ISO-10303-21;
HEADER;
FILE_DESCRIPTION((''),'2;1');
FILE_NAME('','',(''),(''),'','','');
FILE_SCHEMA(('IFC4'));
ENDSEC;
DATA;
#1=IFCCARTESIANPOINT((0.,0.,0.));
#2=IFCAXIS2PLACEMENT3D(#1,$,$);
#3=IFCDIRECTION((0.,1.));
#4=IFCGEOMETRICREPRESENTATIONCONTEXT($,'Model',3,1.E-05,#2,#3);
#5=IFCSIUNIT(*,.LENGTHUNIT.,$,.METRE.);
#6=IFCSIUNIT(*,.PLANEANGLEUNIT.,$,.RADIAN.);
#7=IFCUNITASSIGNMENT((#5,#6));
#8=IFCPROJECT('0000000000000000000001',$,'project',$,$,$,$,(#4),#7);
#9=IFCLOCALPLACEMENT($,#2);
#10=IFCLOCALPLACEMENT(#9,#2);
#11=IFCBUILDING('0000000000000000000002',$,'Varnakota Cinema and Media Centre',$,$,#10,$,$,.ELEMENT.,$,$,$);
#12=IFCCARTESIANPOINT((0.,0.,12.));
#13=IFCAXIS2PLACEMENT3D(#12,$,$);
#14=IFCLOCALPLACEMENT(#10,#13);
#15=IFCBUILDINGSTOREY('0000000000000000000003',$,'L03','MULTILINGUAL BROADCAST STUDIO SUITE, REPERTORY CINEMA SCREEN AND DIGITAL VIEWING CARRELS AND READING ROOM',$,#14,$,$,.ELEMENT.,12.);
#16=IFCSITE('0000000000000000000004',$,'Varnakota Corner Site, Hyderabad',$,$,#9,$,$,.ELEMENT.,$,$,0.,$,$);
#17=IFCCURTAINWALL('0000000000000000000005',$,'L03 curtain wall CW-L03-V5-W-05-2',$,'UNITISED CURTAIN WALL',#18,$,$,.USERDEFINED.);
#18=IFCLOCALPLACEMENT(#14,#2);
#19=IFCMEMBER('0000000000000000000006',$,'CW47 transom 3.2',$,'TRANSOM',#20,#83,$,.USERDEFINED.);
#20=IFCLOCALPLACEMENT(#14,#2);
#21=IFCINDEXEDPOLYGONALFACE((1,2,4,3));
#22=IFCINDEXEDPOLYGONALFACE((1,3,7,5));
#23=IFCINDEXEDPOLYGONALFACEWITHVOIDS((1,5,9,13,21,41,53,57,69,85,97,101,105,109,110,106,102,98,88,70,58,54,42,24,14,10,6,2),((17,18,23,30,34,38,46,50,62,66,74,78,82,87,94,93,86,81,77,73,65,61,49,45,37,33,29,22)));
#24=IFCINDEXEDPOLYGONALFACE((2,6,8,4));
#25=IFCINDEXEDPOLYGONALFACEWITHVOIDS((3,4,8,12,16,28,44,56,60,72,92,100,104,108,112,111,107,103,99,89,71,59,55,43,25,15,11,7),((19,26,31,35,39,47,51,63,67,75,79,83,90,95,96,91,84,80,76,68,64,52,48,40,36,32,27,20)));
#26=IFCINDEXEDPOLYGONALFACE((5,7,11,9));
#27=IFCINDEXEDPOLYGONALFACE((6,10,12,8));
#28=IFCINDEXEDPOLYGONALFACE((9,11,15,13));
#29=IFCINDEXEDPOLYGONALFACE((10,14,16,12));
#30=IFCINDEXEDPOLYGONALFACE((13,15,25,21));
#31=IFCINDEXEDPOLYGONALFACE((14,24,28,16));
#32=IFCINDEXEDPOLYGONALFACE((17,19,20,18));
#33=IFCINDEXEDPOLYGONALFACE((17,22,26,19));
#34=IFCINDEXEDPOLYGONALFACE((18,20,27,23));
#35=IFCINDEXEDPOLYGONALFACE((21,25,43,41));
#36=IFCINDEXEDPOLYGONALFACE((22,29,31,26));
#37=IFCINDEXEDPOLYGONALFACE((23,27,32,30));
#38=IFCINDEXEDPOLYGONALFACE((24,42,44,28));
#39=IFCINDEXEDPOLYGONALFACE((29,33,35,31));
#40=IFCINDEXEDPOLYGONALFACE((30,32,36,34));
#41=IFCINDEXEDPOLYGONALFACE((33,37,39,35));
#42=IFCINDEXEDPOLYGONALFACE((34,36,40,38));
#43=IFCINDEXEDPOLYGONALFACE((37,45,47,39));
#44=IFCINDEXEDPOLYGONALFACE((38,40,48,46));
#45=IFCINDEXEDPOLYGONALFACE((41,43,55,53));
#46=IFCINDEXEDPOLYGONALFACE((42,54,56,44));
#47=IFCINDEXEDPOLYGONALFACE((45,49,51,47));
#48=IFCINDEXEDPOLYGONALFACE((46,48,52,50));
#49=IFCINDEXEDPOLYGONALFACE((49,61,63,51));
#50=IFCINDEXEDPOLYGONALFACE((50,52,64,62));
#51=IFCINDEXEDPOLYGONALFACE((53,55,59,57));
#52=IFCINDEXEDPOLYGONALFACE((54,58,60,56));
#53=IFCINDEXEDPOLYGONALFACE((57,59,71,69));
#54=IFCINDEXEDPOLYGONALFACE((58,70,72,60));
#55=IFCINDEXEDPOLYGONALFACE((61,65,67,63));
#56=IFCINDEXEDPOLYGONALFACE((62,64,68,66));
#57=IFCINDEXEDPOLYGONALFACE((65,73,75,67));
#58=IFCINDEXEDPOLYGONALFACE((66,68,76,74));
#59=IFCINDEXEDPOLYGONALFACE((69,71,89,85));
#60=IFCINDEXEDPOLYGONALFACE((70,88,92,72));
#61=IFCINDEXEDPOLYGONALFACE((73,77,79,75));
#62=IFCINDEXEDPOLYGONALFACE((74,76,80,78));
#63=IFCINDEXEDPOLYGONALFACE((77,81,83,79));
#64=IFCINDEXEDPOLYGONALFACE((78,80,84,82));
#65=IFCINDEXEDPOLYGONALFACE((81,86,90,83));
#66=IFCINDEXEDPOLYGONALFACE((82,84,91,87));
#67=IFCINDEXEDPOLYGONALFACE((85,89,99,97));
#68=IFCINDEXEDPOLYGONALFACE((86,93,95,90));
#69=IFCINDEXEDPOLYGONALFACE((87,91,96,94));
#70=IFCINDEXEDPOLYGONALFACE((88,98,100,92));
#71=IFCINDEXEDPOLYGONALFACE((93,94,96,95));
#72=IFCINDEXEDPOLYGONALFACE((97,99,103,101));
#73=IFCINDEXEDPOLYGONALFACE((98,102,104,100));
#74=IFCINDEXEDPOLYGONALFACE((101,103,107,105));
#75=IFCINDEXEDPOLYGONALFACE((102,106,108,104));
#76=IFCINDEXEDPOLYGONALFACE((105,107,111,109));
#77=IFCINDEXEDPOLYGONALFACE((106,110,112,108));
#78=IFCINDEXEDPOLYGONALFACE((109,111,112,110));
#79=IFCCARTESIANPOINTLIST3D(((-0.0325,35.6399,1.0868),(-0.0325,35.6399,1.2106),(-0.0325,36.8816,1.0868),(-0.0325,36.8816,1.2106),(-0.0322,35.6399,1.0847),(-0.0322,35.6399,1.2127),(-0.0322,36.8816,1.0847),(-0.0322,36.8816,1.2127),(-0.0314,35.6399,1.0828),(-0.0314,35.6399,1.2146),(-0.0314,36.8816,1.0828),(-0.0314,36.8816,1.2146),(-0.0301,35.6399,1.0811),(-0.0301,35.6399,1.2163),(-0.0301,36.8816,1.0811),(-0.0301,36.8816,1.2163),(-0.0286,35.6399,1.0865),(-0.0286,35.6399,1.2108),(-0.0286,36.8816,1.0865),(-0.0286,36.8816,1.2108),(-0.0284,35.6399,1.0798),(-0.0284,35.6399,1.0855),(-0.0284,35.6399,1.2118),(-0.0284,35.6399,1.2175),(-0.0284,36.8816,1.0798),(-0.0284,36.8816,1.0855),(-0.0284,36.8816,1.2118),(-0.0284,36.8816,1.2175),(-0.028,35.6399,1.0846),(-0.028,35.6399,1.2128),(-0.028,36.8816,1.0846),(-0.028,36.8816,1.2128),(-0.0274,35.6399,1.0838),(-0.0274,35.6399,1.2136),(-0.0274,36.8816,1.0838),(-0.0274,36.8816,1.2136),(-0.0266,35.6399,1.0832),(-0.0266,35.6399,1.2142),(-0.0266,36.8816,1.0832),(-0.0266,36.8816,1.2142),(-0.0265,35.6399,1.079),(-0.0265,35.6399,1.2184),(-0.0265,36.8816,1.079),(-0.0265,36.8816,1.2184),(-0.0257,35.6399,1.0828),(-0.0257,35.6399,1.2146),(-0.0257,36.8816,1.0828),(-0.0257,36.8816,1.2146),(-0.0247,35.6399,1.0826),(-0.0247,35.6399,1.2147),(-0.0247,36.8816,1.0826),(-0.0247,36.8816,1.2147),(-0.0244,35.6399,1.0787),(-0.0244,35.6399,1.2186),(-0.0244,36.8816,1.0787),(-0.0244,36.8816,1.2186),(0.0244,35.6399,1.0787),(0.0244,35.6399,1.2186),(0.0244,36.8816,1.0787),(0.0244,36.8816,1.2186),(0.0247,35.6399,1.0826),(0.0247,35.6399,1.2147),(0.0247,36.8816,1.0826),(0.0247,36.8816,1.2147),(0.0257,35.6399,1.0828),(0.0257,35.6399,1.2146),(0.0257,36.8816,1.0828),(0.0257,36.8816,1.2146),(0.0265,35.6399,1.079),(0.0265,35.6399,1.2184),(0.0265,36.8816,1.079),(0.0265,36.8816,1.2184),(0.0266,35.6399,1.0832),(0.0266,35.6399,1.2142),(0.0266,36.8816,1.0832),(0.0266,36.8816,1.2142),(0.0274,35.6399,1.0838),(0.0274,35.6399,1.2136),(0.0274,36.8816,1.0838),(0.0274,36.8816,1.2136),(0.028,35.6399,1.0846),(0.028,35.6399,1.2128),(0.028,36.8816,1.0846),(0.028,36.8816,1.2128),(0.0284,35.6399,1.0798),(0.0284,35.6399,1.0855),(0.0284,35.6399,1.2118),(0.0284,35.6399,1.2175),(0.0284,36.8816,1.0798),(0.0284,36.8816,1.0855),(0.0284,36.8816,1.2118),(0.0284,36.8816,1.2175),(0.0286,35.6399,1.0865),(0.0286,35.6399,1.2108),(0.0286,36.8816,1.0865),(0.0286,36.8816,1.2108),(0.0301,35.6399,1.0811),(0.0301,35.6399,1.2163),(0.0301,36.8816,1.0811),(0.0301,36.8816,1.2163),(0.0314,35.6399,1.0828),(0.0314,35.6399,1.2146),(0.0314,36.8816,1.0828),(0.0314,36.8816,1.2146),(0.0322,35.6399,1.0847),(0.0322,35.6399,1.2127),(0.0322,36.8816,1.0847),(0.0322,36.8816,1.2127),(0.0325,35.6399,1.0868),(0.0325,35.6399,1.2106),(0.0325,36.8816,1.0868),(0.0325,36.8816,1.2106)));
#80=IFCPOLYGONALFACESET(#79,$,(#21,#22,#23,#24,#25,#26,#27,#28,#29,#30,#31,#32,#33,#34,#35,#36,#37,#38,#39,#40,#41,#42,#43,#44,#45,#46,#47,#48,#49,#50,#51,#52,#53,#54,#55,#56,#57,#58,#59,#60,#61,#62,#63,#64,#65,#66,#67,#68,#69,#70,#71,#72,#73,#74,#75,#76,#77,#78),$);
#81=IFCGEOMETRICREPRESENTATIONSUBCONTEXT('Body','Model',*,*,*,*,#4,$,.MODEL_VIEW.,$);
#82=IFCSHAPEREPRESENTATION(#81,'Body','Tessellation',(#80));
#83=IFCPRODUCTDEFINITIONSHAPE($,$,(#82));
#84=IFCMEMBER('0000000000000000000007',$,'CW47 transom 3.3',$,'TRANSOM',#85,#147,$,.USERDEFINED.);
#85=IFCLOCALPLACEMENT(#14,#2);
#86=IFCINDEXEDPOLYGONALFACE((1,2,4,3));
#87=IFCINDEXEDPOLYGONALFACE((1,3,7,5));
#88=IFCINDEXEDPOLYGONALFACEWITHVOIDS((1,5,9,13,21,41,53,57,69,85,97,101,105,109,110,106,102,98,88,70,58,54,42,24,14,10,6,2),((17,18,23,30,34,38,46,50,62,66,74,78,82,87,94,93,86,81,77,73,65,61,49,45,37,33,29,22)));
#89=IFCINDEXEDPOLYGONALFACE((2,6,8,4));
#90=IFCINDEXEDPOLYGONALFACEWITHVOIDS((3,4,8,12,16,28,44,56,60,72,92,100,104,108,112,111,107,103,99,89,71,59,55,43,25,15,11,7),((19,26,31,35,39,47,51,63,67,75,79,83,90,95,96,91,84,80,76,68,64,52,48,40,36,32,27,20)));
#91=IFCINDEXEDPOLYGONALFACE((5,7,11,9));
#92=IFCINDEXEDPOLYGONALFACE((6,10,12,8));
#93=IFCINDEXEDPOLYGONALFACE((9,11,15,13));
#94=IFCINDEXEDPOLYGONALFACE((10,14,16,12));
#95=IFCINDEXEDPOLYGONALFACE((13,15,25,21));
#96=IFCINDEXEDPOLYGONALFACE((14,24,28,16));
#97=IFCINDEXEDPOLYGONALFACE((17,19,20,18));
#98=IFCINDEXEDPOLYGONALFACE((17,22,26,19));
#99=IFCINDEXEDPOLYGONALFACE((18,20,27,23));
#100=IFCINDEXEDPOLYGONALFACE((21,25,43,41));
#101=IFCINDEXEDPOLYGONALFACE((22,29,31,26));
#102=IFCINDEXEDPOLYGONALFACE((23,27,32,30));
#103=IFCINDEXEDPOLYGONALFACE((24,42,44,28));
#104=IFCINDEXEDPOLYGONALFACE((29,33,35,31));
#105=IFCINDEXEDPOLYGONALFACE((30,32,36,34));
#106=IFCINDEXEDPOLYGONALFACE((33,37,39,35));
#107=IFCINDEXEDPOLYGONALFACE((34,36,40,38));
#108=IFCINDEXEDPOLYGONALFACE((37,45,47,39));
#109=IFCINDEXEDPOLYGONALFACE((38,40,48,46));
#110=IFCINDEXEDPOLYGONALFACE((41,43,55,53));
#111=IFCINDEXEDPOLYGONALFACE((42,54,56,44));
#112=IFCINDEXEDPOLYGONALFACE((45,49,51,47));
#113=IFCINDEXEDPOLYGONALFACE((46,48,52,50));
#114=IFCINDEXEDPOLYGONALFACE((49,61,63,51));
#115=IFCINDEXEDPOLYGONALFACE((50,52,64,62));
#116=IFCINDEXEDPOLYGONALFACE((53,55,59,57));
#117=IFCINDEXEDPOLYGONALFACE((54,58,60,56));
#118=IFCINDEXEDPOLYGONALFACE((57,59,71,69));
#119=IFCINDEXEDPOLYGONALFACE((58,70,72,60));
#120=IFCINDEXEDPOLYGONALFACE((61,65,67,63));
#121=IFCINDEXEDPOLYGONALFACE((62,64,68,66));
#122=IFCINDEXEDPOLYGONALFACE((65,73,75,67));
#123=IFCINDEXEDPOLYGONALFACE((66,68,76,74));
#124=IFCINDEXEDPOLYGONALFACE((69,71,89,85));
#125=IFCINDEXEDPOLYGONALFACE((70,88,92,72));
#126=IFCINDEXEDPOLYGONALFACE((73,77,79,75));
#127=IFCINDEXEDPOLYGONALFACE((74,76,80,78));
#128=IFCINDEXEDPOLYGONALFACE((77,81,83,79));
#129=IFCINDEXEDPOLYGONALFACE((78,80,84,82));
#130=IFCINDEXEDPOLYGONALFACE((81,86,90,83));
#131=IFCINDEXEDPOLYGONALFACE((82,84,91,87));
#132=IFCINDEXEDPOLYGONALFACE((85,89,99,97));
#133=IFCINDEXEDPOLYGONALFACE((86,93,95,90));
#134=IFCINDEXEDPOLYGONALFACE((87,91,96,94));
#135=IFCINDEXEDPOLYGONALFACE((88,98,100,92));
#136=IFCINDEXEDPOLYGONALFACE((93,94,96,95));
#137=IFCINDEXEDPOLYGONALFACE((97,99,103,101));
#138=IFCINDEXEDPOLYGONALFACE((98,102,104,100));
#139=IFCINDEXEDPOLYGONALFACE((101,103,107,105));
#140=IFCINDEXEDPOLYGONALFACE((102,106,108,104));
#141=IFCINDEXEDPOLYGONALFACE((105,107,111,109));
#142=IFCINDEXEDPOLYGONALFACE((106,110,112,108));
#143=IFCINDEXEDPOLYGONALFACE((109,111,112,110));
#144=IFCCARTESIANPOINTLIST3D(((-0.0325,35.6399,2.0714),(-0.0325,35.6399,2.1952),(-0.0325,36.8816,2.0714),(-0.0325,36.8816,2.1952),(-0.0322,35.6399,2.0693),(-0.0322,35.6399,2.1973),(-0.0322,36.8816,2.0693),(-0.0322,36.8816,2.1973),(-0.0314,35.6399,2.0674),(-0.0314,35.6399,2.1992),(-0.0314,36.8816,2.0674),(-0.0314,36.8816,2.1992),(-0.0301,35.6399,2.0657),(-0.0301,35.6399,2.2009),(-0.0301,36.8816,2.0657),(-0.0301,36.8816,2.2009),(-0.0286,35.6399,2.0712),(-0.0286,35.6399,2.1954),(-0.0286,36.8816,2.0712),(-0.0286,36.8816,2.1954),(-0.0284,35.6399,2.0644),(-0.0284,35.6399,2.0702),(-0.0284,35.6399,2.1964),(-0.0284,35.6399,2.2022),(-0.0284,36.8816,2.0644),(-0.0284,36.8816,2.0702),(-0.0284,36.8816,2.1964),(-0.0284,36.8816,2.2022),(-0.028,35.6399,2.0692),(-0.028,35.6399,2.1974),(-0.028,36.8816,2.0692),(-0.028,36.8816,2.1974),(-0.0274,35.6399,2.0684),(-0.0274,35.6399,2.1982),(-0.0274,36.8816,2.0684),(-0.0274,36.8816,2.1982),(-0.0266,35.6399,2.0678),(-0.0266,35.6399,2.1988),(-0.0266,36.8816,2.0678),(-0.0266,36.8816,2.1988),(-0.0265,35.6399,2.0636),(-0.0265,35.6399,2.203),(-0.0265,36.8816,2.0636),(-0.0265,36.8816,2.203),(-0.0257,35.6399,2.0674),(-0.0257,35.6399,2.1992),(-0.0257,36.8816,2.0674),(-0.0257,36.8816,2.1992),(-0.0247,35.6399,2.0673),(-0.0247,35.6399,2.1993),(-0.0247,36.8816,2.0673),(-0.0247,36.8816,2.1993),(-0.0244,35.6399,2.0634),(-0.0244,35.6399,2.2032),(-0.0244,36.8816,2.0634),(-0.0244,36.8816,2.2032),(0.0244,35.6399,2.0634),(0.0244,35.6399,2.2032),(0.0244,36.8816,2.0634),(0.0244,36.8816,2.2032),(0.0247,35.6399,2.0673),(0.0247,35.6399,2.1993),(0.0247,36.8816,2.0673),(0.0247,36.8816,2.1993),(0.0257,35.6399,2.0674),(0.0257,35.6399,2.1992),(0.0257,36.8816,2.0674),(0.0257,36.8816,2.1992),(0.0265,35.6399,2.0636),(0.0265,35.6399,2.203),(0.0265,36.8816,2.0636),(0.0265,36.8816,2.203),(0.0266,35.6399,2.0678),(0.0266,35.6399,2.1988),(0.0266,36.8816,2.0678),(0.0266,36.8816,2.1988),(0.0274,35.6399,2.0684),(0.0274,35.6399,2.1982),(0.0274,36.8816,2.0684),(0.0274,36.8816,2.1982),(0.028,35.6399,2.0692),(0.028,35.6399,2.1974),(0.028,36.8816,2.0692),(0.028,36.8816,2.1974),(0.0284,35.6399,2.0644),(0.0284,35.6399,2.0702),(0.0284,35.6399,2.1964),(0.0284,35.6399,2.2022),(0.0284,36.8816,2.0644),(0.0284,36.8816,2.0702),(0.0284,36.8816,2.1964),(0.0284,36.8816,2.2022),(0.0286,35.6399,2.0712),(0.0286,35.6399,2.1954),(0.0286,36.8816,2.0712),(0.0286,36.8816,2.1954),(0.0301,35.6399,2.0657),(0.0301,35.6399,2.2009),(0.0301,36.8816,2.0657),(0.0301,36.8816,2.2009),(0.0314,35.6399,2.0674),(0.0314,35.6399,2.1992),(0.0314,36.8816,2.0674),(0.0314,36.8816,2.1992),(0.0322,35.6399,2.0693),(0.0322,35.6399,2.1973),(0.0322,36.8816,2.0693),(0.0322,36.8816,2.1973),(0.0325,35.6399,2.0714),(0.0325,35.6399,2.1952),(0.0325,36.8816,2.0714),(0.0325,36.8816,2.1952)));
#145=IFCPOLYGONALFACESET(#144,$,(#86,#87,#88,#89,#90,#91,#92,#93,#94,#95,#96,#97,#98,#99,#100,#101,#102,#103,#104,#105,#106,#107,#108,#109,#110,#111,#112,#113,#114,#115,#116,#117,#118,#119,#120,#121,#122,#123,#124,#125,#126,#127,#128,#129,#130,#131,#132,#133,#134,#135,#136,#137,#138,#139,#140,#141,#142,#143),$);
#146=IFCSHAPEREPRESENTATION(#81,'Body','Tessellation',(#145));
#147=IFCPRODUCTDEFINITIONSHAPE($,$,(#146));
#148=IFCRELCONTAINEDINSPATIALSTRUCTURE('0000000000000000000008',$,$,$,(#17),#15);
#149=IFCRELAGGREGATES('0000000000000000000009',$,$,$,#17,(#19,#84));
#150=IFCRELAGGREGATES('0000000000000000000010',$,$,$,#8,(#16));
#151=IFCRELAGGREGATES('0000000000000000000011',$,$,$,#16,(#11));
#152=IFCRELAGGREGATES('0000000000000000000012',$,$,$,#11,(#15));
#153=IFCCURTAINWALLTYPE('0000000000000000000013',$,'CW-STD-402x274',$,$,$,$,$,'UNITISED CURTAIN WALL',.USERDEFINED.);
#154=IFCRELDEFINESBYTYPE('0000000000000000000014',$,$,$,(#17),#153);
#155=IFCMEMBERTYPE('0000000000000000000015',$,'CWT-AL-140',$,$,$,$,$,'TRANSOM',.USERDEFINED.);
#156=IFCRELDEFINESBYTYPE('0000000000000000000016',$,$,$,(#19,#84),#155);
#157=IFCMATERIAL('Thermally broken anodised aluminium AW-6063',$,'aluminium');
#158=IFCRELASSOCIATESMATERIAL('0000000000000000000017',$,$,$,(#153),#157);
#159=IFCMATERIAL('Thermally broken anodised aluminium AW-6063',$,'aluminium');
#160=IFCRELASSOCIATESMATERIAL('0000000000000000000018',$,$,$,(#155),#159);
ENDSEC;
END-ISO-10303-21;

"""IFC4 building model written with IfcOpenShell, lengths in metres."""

from ifc_helpers import new_model, si_unit, direction, frame, origin, origin_2d, place, context, subcontext, project, spatial, hollow_rectangle, extrude, material, material_profile, profile_set, type_object, element, aggregate, save


model = new_model("IFC4")

# Units and contexts
model_context = context("Model", 3, precision=1e-05, world=origin(), true_north=direction((0.0, 1.0)))
body_context = subcontext(model_context, "Body", "Model", "MODEL_VIEW")
ifc_project = project(units=[si_unit("LENGTHUNIT", "METRE"), si_unit("PLANEANGLEUNIT", "RADIAN")], contexts=[model_context])

# Site, building, storey
site_placement = place(None, origin())
site = spatial("IfcSite", under=ifc_project, at=site_placement, Name="Varnakota Corner Site, Hyderabad", CompositionType="ELEMENT", RefElevation=0.0)
building_placement = place(site_placement, origin())
building = spatial("IfcBuilding", under=site, at=building_placement, Name="Varnakota Cinema and Media Centre", CompositionType="ELEMENT")
storey_placement = place(building_placement, frame((0.0, 0.0, 12.0)))
storey = spatial("IfcBuildingStorey", under=building, at=storey_placement, Name="L03", Description="MULTILINGUAL BROADCAST STUDIO SUITE, REPERTORY CINEMA SCREEN AND DIGITAL VIEWING CARRELS AND READING ROOM", CompositionType="ELEMENT", Elevation=12.0)

# Curtain wall, members
ifc_material_1 = material(Name="Thermally broken anodised aluminium AW-6063", Category="aluminium")
curtain_wall_type = type_object("IfcCurtainWallType", Name="CW-STD-402x274", ElementType="UNITISED CURTAIN WALL", PredefinedType="USERDEFINED", material=ifc_material_1)
curtain_wall_placement = place(storey_placement, origin())
curtain_wall = element("IfcCurtainWall", 1, at=curtain_wall_placement, inside=storey, type_object=curtain_wall_type, Name="L03 curtain wall CW-L03-V5-W-05-2", ObjectType="UNITISED CURTAIN WALL", PredefinedType="USERDEFINED")
ifc_material_2 = material(Name="Thermally broken anodised aluminium AW-6063", Category="aluminium")
ifc_material_profile_1 = material_profile(ifc_material_2, hollow_rectangle(XDim=0.0649, YDim=0.1399, WallThickness=0.0039, InnerFilletRadius=0.0039, OuterFilletRadius=0.0081, at=origin_2d()), Name="AL-TRANSOM 140x65x4")
ifc_profile_set_1 = profile_set([ifc_material_profile_1], Name="Thermally broken anodised aluminium AW-6063")
member_type_1 = type_object("IfcMemberType", Name="CWT-AL-140", ElementType="TRANSOM", PredefinedType="USERDEFINED", material=ifc_profile_set_1)
member_1_placement = place(storey_placement, frame((0.0, 36.8816, 1.1487), z_axis=(0.0, -1.0, 0.0), x_axis=(1.0, 0.0, 0.0)))
member_1 = element("IfcMember", 2, at=member_1_placement, type_object=member_type_1, Name="CW47 transom 3.2", ObjectType="TRANSOM", PredefinedType="USERDEFINED", context=body_context, shape_type="SweptSolid", body=[
    extrude(hollow_rectangle(XDim=0.0649, YDim=0.1399, WallThickness=0.0039, InnerFilletRadius=0.0039, OuterFilletRadius=0.0081, at=origin_2d()), origin(), (0.0, 0.0, 1.0), 1.2417),
])
member_2_placement = place(storey_placement, frame((0.0, 36.8816, 2.1333), z_axis=(0.0, -1.0, 0.0), x_axis=(1.0, 0.0, 0.0)))
member_2 = element("IfcMember", 3, at=member_2_placement, type_object=member_type_1, Name="CW47 transom 3.3", ObjectType="TRANSOM", PredefinedType="USERDEFINED", context=body_context, shape_type="SweptSolid", body=[
    extrude(hollow_rectangle(XDim=0.0649, YDim=0.1399, WallThickness=0.0039, InnerFilletRadius=0.0039, OuterFilletRadius=0.0081, at=origin_2d()), origin(), (0.0, 0.0, 1.0), 1.2417),
])
aggregate(curtain_wall, [member_1, member_2])

save(model, "model.ifc")
